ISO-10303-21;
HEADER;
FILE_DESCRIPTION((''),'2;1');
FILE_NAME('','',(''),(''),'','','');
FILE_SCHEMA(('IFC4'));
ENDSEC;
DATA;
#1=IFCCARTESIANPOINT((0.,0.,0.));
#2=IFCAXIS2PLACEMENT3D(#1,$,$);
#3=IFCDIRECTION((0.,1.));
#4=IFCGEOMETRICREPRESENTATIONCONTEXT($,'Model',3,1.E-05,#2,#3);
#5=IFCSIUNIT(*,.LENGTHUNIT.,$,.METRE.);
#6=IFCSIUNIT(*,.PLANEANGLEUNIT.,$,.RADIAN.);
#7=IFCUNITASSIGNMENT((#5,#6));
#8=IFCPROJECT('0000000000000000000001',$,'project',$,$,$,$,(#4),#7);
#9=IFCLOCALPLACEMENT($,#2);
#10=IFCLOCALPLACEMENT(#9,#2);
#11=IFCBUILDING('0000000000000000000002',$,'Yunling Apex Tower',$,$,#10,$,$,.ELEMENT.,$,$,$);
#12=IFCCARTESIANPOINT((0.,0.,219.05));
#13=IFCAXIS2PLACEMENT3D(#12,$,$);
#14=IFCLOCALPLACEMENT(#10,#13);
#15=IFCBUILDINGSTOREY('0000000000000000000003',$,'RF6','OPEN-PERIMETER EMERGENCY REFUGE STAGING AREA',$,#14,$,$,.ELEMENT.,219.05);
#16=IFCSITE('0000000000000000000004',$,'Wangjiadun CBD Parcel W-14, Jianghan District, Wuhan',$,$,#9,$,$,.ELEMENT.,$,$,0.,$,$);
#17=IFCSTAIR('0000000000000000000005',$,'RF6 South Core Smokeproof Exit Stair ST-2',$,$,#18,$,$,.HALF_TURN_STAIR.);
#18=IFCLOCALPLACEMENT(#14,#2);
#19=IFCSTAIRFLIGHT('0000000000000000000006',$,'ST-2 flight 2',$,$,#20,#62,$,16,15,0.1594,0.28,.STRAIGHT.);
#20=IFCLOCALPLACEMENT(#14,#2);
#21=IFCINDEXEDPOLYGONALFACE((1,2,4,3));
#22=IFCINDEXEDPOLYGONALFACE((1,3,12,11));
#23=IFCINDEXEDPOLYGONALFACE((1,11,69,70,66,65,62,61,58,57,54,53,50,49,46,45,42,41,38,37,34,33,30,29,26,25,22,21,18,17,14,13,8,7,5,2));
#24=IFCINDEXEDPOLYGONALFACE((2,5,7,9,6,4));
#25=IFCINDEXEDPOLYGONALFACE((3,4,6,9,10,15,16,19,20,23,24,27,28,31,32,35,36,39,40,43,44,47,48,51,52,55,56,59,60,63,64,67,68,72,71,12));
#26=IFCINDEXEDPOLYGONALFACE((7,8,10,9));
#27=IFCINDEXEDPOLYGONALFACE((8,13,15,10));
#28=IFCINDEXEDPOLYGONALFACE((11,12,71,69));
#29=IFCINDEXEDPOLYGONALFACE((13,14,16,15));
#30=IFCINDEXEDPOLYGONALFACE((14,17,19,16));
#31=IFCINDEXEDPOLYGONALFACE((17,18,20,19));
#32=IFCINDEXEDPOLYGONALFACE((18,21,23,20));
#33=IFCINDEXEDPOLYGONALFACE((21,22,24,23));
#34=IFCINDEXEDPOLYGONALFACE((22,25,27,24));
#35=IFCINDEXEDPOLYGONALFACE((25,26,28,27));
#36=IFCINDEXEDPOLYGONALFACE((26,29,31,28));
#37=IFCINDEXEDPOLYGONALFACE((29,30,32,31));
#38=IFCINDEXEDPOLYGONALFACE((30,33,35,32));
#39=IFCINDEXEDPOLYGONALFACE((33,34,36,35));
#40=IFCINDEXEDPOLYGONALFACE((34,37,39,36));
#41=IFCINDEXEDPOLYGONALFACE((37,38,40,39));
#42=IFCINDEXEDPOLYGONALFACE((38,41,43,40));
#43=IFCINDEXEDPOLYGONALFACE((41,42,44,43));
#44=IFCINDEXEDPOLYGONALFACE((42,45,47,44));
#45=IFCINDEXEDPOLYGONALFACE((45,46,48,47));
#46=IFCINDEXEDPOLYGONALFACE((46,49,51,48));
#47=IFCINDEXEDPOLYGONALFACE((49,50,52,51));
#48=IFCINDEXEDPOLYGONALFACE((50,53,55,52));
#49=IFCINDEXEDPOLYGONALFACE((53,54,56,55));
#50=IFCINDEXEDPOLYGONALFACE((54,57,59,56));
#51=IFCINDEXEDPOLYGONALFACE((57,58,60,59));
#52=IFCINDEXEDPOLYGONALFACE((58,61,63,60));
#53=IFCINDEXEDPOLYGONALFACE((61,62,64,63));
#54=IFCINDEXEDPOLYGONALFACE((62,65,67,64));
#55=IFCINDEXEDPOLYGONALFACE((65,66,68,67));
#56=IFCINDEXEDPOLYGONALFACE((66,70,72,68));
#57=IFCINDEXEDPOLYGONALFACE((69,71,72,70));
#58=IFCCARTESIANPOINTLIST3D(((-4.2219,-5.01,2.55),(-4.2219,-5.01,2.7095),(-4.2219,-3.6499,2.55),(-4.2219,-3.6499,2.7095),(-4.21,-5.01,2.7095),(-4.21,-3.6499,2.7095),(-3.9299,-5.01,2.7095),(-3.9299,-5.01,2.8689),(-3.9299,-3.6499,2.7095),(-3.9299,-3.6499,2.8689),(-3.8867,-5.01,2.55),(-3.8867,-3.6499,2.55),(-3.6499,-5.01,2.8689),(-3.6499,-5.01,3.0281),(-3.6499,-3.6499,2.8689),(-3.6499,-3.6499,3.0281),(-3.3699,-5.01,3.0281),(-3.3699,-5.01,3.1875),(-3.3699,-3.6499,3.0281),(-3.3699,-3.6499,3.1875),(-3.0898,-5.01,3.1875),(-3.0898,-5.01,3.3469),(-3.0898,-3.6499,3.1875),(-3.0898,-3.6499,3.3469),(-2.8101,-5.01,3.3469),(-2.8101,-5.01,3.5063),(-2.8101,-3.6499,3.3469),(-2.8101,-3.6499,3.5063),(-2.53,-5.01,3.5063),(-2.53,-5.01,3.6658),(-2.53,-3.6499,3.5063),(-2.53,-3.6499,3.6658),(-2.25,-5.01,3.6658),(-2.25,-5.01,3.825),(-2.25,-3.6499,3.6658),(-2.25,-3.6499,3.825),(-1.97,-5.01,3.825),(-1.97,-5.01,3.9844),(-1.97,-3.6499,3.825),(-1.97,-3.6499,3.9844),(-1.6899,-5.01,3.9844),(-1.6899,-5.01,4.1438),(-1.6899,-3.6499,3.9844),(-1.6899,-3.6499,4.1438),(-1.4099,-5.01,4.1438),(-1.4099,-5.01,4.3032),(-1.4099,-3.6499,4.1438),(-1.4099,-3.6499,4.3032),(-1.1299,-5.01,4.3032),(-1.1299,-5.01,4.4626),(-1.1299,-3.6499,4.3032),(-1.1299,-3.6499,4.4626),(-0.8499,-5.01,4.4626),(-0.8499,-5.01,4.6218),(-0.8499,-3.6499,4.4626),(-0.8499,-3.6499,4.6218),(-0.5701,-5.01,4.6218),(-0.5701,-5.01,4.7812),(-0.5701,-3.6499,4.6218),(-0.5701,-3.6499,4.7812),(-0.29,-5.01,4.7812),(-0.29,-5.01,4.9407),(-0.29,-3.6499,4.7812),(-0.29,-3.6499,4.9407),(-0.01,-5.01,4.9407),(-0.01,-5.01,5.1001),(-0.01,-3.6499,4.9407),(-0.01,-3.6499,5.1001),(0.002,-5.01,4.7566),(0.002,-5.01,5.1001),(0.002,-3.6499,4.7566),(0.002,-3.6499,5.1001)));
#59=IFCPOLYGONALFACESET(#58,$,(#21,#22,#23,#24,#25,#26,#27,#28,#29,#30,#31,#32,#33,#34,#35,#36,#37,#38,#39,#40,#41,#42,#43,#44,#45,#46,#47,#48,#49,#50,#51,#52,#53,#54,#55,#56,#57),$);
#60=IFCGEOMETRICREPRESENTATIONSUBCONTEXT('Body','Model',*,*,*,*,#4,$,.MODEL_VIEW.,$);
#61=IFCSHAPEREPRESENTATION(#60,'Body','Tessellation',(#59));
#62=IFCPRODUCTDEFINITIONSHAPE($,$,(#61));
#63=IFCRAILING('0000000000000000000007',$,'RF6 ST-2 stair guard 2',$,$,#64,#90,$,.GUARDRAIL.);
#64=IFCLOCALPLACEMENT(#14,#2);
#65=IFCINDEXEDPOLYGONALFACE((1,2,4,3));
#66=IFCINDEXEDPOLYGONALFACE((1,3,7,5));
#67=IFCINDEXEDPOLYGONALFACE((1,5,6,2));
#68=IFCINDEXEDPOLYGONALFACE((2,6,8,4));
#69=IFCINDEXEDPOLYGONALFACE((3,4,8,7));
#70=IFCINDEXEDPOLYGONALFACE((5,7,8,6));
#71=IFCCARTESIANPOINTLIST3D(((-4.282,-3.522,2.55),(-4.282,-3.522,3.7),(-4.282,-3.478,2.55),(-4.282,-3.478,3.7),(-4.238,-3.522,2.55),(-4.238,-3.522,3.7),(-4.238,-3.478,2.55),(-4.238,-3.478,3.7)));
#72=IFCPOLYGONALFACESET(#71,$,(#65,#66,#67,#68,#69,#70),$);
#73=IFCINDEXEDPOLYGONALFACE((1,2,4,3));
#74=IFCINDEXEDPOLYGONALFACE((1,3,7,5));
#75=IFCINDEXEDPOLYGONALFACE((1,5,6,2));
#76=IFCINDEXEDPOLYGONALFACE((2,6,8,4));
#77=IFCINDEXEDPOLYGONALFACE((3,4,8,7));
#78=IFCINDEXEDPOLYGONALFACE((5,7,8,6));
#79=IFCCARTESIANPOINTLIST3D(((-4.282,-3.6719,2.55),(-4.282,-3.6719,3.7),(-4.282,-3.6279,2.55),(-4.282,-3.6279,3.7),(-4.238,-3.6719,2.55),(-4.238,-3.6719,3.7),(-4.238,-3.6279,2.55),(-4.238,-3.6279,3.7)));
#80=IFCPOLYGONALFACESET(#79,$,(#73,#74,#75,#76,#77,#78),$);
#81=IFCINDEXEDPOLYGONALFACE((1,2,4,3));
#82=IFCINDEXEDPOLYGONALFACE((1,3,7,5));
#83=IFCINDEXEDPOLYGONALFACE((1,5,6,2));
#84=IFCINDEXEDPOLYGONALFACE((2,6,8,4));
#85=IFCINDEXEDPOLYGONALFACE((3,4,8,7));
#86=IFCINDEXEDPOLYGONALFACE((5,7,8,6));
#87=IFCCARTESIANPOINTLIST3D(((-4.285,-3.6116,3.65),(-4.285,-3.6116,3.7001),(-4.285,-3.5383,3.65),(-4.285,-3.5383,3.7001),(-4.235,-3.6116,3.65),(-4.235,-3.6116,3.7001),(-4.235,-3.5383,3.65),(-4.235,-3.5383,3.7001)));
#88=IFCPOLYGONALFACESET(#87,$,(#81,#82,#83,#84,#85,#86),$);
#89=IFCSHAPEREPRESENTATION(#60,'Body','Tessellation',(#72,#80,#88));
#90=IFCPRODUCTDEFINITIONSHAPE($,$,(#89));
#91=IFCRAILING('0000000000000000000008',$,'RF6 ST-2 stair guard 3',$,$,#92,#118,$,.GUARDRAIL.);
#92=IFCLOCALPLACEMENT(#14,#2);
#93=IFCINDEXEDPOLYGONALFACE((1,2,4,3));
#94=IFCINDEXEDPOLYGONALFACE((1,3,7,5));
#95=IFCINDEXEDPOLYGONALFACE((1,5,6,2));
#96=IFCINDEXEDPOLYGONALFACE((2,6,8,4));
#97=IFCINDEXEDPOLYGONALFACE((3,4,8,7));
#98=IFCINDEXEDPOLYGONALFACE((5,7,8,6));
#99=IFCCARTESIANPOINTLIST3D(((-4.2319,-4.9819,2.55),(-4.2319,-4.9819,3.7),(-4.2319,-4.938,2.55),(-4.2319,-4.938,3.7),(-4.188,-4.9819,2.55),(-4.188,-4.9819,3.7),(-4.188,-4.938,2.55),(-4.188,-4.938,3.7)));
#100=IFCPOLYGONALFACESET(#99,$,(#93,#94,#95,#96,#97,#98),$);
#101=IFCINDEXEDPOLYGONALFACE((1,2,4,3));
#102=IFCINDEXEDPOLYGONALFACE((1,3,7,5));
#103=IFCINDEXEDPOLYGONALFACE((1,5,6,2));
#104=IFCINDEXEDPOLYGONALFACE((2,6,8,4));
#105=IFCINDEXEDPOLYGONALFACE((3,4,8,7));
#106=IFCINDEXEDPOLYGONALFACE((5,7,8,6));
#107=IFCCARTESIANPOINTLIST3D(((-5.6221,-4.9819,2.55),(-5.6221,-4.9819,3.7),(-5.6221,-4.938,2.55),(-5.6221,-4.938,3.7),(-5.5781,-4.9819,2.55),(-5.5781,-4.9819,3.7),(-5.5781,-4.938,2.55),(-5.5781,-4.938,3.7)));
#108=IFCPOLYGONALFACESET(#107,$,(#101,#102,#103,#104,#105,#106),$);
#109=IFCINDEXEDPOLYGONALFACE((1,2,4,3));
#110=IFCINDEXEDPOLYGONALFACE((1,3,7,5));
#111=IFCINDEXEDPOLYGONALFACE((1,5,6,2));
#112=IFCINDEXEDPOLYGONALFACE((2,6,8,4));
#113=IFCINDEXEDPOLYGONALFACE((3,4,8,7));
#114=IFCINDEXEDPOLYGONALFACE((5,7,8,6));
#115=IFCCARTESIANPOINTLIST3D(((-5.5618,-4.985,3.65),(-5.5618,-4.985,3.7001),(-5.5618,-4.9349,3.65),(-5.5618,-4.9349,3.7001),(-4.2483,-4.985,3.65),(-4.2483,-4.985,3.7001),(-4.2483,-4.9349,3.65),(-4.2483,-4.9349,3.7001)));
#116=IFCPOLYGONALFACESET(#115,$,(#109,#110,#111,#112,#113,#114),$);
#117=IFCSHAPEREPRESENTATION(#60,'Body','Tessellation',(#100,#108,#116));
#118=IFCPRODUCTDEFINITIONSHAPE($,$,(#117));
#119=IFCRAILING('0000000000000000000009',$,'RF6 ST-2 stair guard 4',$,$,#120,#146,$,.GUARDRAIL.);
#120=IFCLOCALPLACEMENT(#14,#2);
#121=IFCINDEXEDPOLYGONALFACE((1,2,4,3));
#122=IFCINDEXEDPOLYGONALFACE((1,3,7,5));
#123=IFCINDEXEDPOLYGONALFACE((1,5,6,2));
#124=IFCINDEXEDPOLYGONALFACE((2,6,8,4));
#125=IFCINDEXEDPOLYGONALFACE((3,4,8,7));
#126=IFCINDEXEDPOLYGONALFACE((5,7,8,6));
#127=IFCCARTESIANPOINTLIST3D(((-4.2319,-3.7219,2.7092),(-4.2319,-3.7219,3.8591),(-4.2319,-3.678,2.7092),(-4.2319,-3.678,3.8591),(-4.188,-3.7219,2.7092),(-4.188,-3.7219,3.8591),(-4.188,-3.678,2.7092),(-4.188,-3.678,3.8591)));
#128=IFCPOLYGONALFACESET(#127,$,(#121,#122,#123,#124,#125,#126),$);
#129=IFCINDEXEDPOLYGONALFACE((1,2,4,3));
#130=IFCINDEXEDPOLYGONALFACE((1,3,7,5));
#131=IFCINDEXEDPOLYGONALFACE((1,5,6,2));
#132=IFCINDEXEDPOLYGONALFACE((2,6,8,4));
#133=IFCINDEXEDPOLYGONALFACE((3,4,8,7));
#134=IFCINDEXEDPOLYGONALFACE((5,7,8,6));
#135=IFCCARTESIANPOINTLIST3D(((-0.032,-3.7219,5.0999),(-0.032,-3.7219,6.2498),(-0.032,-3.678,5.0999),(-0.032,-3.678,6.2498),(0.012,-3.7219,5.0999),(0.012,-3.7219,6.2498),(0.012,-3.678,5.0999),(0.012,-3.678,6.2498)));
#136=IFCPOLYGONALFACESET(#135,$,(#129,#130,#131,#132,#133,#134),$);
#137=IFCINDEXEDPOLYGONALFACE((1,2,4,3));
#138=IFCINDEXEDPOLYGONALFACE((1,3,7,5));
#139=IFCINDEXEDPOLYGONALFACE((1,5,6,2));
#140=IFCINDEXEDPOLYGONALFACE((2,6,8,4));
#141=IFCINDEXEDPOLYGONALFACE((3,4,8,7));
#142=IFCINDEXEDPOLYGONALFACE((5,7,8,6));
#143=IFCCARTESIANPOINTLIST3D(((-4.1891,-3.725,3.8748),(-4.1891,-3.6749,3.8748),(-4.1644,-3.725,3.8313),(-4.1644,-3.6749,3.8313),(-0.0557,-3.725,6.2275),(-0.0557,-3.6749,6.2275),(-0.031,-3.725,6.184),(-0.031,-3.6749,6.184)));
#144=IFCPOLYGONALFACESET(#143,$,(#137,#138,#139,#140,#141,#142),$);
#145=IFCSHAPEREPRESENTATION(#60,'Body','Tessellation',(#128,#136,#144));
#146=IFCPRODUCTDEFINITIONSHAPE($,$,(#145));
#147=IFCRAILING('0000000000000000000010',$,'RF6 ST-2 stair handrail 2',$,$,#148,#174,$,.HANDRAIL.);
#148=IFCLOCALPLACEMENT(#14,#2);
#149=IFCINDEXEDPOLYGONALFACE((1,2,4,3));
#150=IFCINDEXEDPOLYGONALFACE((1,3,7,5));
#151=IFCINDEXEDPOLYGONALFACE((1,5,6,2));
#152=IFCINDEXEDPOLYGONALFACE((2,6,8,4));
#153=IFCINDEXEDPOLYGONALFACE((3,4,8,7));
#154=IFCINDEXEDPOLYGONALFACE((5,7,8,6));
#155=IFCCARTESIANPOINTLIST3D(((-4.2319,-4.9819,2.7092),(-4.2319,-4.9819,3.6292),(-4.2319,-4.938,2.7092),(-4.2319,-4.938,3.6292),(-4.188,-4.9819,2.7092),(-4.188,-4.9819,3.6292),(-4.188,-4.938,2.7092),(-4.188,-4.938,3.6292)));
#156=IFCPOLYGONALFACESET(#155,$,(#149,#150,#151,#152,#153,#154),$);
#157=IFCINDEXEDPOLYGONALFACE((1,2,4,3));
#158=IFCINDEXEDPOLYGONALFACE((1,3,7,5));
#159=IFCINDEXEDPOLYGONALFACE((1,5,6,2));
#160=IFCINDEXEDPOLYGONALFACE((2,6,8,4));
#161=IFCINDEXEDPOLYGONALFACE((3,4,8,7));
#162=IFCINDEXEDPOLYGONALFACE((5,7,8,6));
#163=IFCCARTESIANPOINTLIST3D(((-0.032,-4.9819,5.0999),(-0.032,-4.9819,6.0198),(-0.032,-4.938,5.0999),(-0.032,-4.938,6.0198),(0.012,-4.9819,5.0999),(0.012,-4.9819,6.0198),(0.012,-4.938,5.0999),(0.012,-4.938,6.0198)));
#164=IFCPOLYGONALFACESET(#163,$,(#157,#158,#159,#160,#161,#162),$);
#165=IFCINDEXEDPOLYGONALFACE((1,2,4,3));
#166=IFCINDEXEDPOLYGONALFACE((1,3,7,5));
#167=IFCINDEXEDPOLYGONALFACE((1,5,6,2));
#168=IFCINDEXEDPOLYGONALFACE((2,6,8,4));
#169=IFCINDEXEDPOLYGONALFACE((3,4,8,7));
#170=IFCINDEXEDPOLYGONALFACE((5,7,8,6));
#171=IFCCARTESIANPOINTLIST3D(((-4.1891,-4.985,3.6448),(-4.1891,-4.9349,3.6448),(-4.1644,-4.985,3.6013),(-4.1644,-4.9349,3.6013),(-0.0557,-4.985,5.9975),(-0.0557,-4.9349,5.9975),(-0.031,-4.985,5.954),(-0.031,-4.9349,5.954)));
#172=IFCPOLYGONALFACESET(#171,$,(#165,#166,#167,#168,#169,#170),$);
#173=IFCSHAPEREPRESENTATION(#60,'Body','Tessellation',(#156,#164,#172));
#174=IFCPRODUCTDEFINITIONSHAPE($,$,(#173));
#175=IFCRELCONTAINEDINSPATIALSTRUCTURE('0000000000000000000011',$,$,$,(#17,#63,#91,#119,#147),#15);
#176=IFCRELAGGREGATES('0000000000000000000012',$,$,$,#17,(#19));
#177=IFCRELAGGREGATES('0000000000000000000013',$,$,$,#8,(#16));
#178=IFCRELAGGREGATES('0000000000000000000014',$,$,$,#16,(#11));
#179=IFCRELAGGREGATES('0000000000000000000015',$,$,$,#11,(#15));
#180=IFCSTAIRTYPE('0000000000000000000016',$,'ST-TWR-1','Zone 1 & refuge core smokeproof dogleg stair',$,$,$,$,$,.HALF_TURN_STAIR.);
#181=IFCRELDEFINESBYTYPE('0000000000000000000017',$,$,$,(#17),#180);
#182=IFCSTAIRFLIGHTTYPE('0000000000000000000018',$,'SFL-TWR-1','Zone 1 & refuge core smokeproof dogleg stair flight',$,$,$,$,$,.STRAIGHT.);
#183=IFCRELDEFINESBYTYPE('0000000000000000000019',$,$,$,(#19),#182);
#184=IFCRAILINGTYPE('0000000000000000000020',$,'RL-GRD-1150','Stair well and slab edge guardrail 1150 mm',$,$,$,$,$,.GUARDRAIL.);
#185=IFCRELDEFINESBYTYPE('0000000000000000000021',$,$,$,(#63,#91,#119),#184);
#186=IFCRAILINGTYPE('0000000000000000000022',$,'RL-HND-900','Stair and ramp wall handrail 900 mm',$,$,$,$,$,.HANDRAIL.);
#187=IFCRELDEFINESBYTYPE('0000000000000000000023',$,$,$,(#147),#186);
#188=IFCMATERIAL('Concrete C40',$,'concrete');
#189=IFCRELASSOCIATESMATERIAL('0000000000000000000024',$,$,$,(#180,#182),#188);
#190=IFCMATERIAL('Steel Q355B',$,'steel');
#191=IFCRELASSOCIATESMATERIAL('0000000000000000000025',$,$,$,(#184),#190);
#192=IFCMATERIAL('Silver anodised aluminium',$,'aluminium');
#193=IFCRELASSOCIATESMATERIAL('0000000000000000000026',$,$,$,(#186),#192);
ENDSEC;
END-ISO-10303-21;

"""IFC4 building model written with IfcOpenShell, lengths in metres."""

from ifc_helpers import new_model, si_unit, direction, frame, origin, origin_2d, place, context, subcontext, project, spatial, polyline, rectangle, outline, extrude, material, type_object, element, aggregate, save


model = new_model("IFC4")

# Units and contexts
model_context = context("Model", 3, precision=1e-05, world=origin(), true_north=direction((0.0, 1.0)))
body_context = subcontext(model_context, "Body", "Model", "MODEL_VIEW")
ifc_project = project(units=[si_unit("LENGTHUNIT", "METRE"), si_unit("PLANEANGLEUNIT", "RADIAN")], contexts=[model_context])

# Site, building, storey
site_placement = place(None, origin())
site = spatial("IfcSite", under=ifc_project, at=site_placement, Name="Wangjiadun CBD Parcel W-14, Jianghan District, Wuhan", CompositionType="ELEMENT", RefElevation=0.0)
building_placement = place(site_placement, origin())
building = spatial("IfcBuilding", under=site, at=building_placement, Name="Yunling Apex Tower", CompositionType="ELEMENT")
storey_placement = place(building_placement, frame((0.0, 0.0, 219.05)))
storey = spatial("IfcBuildingStorey", under=building, at=storey_placement, Name="RF6", Description="OPEN-PERIMETER EMERGENCY REFUGE STAGING AREA", CompositionType="ELEMENT", Elevation=219.05)

# Shared definitions
ifc_material_1 = material(Name="Steel Q355B", Category="steel")

# Shared definitions
ifc_material_2 = material(Name="Concrete C40", Category="concrete")

# Stair, stair flight
stair_type = type_object("IfcStairType", Name="ST-TWR-1", Description="Zone 1 & refuge core smokeproof dogleg stair", PredefinedType="HALF_TURN_STAIR", material=ifc_material_2)
stair_placement = place(storey_placement, origin())
stair = element("IfcStair", 1, at=stair_placement, inside=storey, type_object=stair_type, Name="RF6 South Core Smokeproof Exit Stair ST-2", PredefinedType="HALF_TURN_STAIR")
stair_flight_type = type_object("IfcStairFlightType", Name="SFL-TWR-1", Description="Zone 1 & refuge core smokeproof dogleg stair flight", PredefinedType="STRAIGHT", material=ifc_material_2)
stair_flight_placement = place(storey_placement, frame((-4.21, -4.3301, 2.55), z_axis=(0.0, 0.0, 1.0), x_axis=(1.0, 0.0, 0.0)))
stair_flight = element("IfcStairFlight", 2, at=stair_flight_placement, type_object=stair_flight_type, Name="ST-2 flight 2", NumberOfRisers=16, NumberOfTreads=15, PredefinedType="STRAIGHT", RiserHeight=0.1594, TreadLength=0.28, context=body_context, shape_type="SweptSolid", body=[
    extrude(outline(polyline([(-0.012, 0.0), (-0.012, 0.1594), (0.0, 0.1594), (0.28, 0.1594), (0.28, 0.3188), (0.5601, 0.3188), (0.5601, 0.478), (0.8401, 0.478), (0.8401, 0.6375), (1.1201, 0.6375), (1.1201, 0.7969), (1.3999, 0.7969), (1.3999, 0.9563), (1.6799, 0.9563), (1.6799, 1.1157), (1.96, 1.1157), (1.96, 1.2749), (2.24, 1.2749), (2.24, 1.4343), (2.52, 1.4343), (2.52, 1.5938), (2.8, 1.5938), (2.8, 1.7532), (3.0801, 1.7532), (3.0801, 1.9126), (3.3601, 1.9126), (3.3601, 2.0718), (3.6399, 2.0718), (3.6399, 2.2312), (3.9199, 2.2312), (3.9199, 2.3906), (4.2, 2.3906), (4.2, 2.55), (4.2119, 2.55), (4.2119, 2.2065), (0.3232, 0.0), (-0.012, 0.0)])), frame((0.0, 0.6802, 0.0), z_axis=(0.0, -1.0, 0.0), x_axis=(1.0, 0.0, 0.0)), (0.0, 0.0, 1.0), 1.3601),
])
aggregate(stair, [stair_flight])

# Railings
railing_type_1 = type_object("IfcRailingType", Name="RL-GRD-1150", Description="Stair well and slab edge guardrail 1150 mm", PredefinedType="GUARDRAIL", material=ifc_material_1)
railing_1_placement = place(storey_placement, frame((-4.26, -3.5, 2.55)))
element("IfcRailing", 3, at=railing_1_placement, inside=storey, type_object=railing_type_1, Name="RF6 ST-2 stair guard 2", PredefinedType="GUARDRAIL", context=body_context, shape_type="SweptSolid", body=[
    extrude(rectangle(XDim=0.0439, YDim=0.0439, at=origin_2d()), origin(), (0.0, 0.0, 1.0), 1.1499),
    extrude(rectangle(XDim=0.0439, YDim=0.0439, at=origin_2d()), frame((0.0, -0.1499, 0.0)), (0.0, 0.0, 1.0), 1.1499),
    extrude(rectangle(XDim=0.05, YDim=0.05, at=origin_2d()), frame((0.0, -0.0383, 1.125), z_axis=(0.0, -1.0, 0.0), x_axis=(1.0, 0.0, 0.0)), (0.0, 0.0, 1.0), 0.0732),
])
railing_2_placement = place(storey_placement, frame((-4.21, -4.96, 2.55)))
element("IfcRailing", 4, at=railing_2_placement, inside=storey, type_object=railing_type_1, Name="RF6 ST-2 stair guard 3", PredefinedType="GUARDRAIL", context=body_context, shape_type="SweptSolid", body=[
    extrude(rectangle(XDim=0.0439, YDim=0.0439, at=origin_2d()), origin(), (0.0, 0.0, 1.0), 1.1499),
    extrude(rectangle(XDim=0.0439, YDim=0.0439, at=origin_2d()), frame((-1.3901, 0.0, 0.0)), (0.0, 0.0, 1.0), 1.1499),
    extrude(rectangle(XDim=0.05, YDim=0.05, at=origin_2d()), frame((-0.0383, 0.0, 1.125), z_axis=(-1.0, 0.0, 0.0), x_axis=(0.0, -1.0, 0.0)), (0.0, 0.0, 1.0), 1.3135),
])
railing_3_placement = place(storey_placement, frame((-4.21, -3.7, 2.7092)))
element("IfcRailing", 5, at=railing_3_placement, inside=storey, type_object=railing_type_1, Name="RF6 ST-2 stair guard 4", PredefinedType="GUARDRAIL", context=body_context, shape_type="SweptSolid", body=[
    extrude(rectangle(XDim=0.0439, YDim=0.0439, at=origin_2d()), origin(), (0.0, 0.0, 1.0), 1.1499),
    extrude(rectangle(XDim=0.0439, YDim=0.0439, at=origin_2d()), frame((4.2, 0.0, 2.3906)), (0.0, 0.0, 1.0), 1.1499),
    extrude(rectangle(XDim=0.05, YDim=0.05, at=origin_2d()), frame((0.0332, 0.0, 1.1438), z_axis=(0.869075, 0.0, 0.49468), x_axis=(0.0, 1.0, 0.0)), (0.0, 0.0, 1.0), 4.7561),
])
ifc_material_3 = material(Name="Silver anodised aluminium", Category="aluminium")
railing_type_2 = type_object("IfcRailingType", Name="RL-HND-900", Description="Stair and ramp wall handrail 900 mm", PredefinedType="HANDRAIL", material=ifc_material_3)
railing_4_placement = place(storey_placement, frame((-4.21, -4.96, 2.7092)))
element("IfcRailing", 6, at=railing_4_placement, inside=storey, type_object=railing_type_2, Name="RF6 ST-2 stair handrail 2", PredefinedType="HANDRAIL", context=body_context, shape_type="SweptSolid", body=[
    extrude(rectangle(XDim=0.0439, YDim=0.0439, at=origin_2d()), origin(), (0.0, 0.0, 1.0), 0.9199),
    extrude(rectangle(XDim=0.0439, YDim=0.0439, at=origin_2d()), frame((4.2, 0.0, 2.3906)), (0.0, 0.0, 1.0), 0.9199),
    extrude(rectangle(XDim=0.05, YDim=0.05, at=origin_2d()), frame((0.0332, 0.0, 0.9138), z_axis=(0.869075, 0.0, 0.49468), x_axis=(0.0, 1.0, 0.0)), (0.0, 0.0, 1.0), 4.7561),
])

save(model, "model.ifc")
